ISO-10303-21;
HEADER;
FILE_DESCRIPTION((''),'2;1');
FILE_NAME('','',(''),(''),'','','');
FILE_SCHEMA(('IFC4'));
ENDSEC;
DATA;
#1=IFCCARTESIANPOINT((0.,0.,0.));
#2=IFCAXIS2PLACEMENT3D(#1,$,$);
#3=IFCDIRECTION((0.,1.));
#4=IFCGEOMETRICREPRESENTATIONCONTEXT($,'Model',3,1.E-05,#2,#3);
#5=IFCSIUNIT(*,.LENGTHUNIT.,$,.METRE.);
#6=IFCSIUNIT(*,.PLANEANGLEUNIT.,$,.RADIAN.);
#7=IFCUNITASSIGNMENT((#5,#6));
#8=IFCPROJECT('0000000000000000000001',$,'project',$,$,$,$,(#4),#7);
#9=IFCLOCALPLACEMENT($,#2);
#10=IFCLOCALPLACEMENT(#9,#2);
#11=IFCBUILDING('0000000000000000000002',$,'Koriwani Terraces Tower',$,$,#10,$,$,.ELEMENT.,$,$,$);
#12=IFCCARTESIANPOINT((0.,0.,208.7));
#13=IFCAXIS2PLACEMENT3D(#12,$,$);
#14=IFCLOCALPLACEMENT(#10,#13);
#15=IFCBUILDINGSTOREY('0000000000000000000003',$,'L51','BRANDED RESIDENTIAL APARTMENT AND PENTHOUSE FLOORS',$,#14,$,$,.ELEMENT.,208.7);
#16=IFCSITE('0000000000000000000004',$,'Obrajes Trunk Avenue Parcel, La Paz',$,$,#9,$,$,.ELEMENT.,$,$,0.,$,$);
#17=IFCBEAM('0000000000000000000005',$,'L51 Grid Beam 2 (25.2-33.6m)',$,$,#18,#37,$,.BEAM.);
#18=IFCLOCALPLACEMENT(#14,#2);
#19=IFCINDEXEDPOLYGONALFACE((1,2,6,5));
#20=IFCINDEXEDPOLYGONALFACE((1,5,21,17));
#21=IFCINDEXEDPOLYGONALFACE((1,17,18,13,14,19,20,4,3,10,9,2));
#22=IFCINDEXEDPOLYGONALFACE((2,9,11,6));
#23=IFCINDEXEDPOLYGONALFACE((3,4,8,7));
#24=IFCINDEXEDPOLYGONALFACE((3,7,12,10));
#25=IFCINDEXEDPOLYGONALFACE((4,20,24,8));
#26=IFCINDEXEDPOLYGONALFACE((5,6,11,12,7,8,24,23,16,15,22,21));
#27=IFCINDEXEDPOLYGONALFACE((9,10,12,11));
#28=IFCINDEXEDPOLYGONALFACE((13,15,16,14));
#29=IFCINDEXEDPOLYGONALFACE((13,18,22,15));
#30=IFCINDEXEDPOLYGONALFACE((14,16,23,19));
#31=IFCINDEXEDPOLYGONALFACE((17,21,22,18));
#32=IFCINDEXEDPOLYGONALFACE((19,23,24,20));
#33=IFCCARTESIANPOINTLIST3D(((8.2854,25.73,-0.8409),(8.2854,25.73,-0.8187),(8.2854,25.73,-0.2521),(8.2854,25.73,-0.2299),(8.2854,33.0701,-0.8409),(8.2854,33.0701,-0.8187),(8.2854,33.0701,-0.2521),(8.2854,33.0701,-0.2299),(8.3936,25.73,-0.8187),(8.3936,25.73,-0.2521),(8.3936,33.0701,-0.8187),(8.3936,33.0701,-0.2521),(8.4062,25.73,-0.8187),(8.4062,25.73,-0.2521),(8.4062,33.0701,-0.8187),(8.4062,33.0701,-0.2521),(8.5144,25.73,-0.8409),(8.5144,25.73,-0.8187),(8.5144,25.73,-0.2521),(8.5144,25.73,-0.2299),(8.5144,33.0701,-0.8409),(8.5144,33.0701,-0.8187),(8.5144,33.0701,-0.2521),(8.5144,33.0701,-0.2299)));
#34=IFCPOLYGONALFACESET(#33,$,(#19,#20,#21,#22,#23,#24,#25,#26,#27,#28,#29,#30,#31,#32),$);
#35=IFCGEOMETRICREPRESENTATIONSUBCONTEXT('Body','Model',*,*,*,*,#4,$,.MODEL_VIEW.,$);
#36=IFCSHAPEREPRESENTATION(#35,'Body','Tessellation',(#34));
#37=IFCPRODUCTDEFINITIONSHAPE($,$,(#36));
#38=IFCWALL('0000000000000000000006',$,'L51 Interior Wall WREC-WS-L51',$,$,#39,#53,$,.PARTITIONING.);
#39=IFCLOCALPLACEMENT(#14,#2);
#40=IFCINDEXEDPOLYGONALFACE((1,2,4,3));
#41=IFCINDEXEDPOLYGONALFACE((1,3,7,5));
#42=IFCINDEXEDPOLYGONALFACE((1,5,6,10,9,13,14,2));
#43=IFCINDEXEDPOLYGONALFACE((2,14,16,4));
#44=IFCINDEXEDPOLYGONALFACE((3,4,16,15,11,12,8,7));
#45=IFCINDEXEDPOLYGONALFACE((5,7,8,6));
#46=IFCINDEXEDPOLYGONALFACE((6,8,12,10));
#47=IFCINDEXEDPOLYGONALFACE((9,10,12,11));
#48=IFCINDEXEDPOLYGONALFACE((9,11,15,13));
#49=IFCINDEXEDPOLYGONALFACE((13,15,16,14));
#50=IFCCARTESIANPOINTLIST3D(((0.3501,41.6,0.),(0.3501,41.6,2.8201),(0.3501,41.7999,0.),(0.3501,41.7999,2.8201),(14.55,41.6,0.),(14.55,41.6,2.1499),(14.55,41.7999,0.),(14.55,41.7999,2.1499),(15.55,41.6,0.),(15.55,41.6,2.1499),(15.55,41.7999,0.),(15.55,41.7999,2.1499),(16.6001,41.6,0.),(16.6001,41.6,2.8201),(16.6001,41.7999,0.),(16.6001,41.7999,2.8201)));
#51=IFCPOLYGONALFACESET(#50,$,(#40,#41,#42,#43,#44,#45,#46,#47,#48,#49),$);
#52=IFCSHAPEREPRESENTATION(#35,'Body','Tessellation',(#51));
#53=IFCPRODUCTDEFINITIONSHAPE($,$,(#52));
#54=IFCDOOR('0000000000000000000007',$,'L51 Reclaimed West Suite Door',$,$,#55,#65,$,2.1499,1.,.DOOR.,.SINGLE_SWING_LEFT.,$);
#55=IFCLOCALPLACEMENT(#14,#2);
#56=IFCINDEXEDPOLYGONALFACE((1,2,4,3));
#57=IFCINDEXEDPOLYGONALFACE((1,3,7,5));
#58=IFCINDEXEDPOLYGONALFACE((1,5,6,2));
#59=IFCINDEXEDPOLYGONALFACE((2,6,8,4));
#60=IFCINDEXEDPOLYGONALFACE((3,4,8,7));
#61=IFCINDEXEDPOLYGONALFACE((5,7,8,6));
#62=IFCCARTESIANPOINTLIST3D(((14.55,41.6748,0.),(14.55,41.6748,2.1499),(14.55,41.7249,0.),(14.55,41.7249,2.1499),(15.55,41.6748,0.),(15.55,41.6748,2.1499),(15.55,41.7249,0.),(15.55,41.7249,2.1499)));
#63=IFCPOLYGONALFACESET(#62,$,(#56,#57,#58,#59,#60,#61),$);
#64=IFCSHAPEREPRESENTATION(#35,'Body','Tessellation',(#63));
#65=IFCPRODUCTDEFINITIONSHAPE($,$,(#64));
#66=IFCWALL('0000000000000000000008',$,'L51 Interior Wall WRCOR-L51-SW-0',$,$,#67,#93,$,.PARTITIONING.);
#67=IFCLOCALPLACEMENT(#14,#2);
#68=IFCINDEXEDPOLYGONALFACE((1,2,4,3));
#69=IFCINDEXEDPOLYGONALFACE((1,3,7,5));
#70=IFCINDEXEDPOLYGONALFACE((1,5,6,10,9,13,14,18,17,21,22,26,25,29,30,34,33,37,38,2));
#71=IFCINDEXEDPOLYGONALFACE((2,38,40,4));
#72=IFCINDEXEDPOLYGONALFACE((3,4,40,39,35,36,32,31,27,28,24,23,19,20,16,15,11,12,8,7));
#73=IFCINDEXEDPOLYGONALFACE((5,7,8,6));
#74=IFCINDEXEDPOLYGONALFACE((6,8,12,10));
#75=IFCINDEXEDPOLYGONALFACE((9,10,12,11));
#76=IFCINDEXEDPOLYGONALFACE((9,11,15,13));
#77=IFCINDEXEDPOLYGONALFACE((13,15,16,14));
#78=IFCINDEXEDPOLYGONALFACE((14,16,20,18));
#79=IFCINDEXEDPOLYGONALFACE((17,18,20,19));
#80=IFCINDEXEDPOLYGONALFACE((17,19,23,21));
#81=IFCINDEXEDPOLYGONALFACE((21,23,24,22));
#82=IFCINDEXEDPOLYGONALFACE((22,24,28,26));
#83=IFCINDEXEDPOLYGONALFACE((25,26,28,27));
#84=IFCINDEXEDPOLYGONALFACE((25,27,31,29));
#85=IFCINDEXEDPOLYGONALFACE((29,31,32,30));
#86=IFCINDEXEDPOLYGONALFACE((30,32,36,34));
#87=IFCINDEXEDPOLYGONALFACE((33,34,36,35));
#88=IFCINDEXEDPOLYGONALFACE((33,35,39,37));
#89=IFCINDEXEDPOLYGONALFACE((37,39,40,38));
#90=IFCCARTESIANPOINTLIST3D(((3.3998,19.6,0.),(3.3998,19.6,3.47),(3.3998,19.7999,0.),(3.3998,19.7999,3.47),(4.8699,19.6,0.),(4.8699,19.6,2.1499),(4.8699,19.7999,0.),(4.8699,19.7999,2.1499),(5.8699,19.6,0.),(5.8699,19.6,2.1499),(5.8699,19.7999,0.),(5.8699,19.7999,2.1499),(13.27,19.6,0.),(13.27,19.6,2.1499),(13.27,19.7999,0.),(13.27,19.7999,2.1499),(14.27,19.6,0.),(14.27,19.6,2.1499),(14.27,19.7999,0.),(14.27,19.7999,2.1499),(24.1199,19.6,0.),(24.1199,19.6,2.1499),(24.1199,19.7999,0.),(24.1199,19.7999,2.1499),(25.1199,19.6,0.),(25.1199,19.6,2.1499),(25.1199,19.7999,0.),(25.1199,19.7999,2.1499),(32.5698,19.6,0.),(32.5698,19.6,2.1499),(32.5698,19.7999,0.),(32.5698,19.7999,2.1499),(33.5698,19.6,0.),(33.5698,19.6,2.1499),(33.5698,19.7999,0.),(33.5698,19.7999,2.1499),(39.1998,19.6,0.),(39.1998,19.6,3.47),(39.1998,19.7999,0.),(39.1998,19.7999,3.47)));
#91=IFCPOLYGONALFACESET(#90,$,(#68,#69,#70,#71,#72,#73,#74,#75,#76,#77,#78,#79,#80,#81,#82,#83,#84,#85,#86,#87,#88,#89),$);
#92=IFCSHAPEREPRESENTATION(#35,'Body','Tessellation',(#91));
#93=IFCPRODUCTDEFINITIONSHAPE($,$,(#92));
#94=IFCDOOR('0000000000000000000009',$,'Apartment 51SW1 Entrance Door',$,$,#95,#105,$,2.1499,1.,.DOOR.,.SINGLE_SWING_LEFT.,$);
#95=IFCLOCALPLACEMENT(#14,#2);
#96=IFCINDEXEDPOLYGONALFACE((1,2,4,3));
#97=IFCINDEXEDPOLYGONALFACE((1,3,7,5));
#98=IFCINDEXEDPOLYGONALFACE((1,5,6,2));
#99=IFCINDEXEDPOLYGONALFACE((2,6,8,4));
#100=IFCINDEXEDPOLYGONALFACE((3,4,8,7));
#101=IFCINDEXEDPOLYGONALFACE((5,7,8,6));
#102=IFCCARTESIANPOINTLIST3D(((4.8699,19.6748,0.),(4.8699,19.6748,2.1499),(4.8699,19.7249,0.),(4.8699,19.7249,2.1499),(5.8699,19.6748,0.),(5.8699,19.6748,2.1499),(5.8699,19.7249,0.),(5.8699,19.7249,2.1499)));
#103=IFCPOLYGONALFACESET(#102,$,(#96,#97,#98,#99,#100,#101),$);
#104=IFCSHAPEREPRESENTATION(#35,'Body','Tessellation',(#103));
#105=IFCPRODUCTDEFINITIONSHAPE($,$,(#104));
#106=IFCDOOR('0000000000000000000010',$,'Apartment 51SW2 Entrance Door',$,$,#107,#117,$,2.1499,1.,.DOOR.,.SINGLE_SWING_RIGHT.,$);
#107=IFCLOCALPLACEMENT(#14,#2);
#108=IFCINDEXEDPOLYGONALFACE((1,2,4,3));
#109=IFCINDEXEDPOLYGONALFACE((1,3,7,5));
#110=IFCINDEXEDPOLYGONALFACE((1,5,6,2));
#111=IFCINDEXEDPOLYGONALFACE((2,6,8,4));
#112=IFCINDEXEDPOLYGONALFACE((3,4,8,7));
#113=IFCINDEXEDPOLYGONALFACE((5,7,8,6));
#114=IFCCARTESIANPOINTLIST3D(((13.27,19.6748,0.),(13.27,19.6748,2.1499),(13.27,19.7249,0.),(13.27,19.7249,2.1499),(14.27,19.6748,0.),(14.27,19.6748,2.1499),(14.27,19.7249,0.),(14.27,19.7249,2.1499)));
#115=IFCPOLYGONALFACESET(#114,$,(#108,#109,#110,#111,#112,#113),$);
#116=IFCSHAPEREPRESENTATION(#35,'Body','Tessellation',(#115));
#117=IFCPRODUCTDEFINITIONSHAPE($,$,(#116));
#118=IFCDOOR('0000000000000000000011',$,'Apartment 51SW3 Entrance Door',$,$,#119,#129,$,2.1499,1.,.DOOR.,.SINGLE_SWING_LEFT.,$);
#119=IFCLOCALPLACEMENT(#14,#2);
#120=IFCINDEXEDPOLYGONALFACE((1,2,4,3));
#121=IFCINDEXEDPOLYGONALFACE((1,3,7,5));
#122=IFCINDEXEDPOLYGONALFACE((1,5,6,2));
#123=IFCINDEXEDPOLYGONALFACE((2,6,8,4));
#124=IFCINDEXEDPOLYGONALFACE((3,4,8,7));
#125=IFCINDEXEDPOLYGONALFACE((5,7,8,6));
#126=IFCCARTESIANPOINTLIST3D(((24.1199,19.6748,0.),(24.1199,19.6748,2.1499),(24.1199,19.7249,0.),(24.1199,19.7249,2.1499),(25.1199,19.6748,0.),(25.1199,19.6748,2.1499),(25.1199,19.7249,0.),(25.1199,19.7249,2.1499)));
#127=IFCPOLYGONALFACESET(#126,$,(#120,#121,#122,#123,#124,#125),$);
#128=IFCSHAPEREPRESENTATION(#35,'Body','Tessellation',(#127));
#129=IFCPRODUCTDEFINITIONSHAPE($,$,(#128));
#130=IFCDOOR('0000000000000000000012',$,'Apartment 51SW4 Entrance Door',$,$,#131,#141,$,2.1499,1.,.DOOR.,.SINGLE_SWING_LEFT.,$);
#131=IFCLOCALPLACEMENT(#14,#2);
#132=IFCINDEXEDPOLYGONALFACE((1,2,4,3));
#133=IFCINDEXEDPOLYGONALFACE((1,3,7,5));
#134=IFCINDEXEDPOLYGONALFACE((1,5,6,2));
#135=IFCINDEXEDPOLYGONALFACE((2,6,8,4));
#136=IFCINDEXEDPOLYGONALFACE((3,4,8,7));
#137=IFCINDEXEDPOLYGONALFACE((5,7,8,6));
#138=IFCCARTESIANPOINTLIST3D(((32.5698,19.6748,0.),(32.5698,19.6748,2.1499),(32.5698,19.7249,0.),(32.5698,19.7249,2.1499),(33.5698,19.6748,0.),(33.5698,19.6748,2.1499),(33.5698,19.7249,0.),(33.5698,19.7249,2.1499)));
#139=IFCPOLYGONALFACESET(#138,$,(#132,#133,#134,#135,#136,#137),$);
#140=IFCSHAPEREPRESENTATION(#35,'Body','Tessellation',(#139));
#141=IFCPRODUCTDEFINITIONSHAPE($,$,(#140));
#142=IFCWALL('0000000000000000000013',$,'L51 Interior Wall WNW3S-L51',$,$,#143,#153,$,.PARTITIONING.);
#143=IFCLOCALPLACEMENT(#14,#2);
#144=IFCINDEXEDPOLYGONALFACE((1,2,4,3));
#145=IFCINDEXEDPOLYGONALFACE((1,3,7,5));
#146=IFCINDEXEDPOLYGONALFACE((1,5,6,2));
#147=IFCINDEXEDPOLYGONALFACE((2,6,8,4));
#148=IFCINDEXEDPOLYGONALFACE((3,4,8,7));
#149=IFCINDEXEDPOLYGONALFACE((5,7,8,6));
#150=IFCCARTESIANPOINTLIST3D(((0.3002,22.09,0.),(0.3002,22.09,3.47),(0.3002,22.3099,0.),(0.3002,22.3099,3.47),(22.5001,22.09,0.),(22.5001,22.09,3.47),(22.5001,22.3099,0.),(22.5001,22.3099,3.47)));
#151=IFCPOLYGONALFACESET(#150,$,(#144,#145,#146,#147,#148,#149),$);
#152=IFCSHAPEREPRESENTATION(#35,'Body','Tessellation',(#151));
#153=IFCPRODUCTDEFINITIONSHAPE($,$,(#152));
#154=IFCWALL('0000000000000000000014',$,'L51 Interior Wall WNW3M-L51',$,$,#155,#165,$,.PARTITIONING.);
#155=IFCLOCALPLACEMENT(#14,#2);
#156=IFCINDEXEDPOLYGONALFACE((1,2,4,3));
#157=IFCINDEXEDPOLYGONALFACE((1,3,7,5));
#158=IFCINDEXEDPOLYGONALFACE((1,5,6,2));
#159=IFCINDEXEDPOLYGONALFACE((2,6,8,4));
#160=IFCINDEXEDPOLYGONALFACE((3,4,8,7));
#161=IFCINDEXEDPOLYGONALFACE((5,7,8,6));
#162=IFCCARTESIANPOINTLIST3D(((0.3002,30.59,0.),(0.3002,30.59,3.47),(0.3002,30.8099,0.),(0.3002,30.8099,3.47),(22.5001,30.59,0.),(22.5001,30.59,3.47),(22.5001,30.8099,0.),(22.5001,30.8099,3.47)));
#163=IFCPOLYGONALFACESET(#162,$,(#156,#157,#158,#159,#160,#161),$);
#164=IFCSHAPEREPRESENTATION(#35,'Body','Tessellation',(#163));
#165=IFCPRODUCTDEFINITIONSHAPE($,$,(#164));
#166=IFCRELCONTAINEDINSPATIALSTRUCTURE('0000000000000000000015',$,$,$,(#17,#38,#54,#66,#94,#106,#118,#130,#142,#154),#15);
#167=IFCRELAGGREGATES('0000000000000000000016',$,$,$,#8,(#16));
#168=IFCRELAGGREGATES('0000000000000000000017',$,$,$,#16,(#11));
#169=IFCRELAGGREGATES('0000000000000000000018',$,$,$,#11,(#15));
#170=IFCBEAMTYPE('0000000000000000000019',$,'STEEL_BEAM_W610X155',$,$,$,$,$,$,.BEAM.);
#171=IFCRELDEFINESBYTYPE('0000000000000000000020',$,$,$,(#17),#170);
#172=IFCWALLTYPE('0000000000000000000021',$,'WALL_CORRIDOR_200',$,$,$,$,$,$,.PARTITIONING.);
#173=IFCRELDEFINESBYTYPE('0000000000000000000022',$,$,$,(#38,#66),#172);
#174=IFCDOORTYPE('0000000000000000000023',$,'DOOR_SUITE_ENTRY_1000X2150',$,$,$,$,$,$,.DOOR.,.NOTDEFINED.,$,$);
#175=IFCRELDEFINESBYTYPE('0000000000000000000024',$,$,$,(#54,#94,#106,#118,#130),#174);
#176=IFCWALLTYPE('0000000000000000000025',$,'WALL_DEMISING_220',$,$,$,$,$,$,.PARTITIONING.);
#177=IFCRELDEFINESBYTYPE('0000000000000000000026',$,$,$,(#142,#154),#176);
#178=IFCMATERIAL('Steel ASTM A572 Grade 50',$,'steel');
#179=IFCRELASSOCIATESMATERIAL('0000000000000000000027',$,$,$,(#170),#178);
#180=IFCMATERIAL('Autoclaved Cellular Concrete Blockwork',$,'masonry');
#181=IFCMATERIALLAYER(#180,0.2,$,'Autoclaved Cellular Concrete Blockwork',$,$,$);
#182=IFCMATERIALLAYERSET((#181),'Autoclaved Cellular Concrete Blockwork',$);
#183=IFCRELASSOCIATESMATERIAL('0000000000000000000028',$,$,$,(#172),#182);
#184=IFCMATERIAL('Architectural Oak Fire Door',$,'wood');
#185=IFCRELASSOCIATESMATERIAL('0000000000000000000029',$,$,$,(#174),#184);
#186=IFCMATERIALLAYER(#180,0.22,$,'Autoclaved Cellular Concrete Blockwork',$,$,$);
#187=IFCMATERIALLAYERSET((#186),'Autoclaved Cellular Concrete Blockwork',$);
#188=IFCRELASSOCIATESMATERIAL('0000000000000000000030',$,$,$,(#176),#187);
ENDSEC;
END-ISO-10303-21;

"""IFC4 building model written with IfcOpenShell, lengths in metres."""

from ifc_helpers import new_model, si_unit, direction, frame, frame_2d, origin, origin_2d, place, context, subcontext, project, spatial, rectangle, i_section, extrude, material, layer, layer_set, material_profile, profile_set, type_object, element, fill, save


model = new_model("IFC4")

# Units and contexts
model_context = context("Model", 3, precision=1e-05, world=origin(), true_north=direction((0.0, 1.0)))
body_context = subcontext(model_context, "Body", "Model", "MODEL_VIEW")
ifc_project = project(units=[si_unit("LENGTHUNIT", "METRE"), si_unit("PLANEANGLEUNIT", "RADIAN")], contexts=[model_context])

# Site, building, storey
site_placement = place(None, origin())
site = spatial("IfcSite", under=ifc_project, at=site_placement, Name="Obrajes Trunk Avenue Parcel, La Paz", CompositionType="ELEMENT", RefElevation=0.0)
building_placement = place(site_placement, origin())
building = spatial("IfcBuilding", under=site, at=building_placement, Name="Koriwani Terraces Tower", CompositionType="ELEMENT")
storey_placement = place(building_placement, frame((0.0, 0.0, 208.7)))
storey = spatial("IfcBuildingStorey", under=building, at=storey_placement, Name="L51", Description="BRANDED RESIDENTIAL APARTMENT AND PENTHOUSE FLOORS", CompositionType="ELEMENT", Elevation=208.7)

# Beam
ifc_material_1 = material(Name="Steel ASTM A572 Grade 50", Category="steel")
ifc_material_profile_1 = material_profile(ifc_material_1, i_section(OverallWidth=0.229, OverallDepth=0.6111, WebThickness=0.0127, FlangeThickness=0.0222, at=origin_2d()), Name="Steel ASTM A572 Grade 50", Category="LoadBearing")
ifc_profile_set_1 = profile_set([ifc_material_profile_1], Name="Steel ASTM A572 Grade 50")
beam_type_1 = type_object("IfcBeamType", Name="STEEL_BEAM_W610X155", PredefinedType="BEAM", material=ifc_profile_set_1)
for number, where, z_axis, x_axis, name in (
    (1, (8.3999, 25.73, -0.5354), (0.0, 1.0, 0.0), (-1.0, 0.0, 0.0), "L51 Grid Beam 2 (25.2-33.6m)"),
):
    element("IfcBeam", number, at=place(storey_placement, frame(where, z_axis=z_axis, x_axis=x_axis)), inside=storey, type_object=beam_type_1, Name=name, PredefinedType="BEAM", context=body_context, shape_type="SweptSolid", body=[
        extrude(i_section(OverallWidth=0.229, OverallDepth=0.6111, WebThickness=0.0127, FlangeThickness=0.0222, at=origin_2d()), origin(), (0.0, 0.0, 1.0), 7.3401),
    ])

# Wall, opening, door
ifc_material_2 = material(Name="Autoclaved Cellular Concrete Blockwork", Category="masonry")
ifc_layer_1 = layer(ifc_material_2, 0.2, Name="Autoclaved Cellular Concrete Blockwork")
ifc_layer_set_1 = layer_set([ifc_layer_1], Name="Autoclaved Cellular Concrete Blockwork")
wall_type_1 = type_object("IfcWallType", Name="WALL_CORRIDOR_200", PredefinedType="PARTITIONING", material=ifc_layer_set_1)
wall_1_placement = place(storey_placement, frame((0.3501, 41.7, 0.0), z_axis=(0.0, 0.0, 1.0), x_axis=(1.0, 0.0, 0.0)))
wall_1 = element("IfcWall", 2, at=wall_1_placement, inside=storey, type_object=wall_type_1, Name="L51 Interior Wall WREC-WS-L51", PredefinedType="PARTITIONING", context=body_context, shape_type="SweptSolid", body=[
    extrude(rectangle(XDim=16.25, YDim=0.2, at=frame_2d((8.125, 0.0))), origin(), (0.0, 0.0, 1.0), 2.8201),
])
opening_1_placement = place(wall_1_placement, frame((14.2, 0.0, 0.0)))
opening_1 = element("IfcOpeningElement", 3, at=opening_1_placement, cuts=wall_1, PredefinedType="OPENING", context=body_context, shape_type="SweptSolid", body=[
    extrude(rectangle(XDim=1.0, YDim=2.1499, at=frame_2d((0.5, 1.075))), frame((0.0, 0.1099, 0.0), z_axis=(0.0, -1.0, 0.0), x_axis=(1.0, 0.0, 0.0)), (0.0, 0.0, 1.0), 0.22),
])
ifc_material_3 = material(Name="Architectural Oak Fire Door", Category="wood")
door_type = type_object("IfcDoorType", Name="DOOR_SUITE_ENTRY_1000X2150", OperationType="NOTDEFINED", PredefinedType="DOOR", material=ifc_material_3)
door_1_placement = place(opening_1_placement, origin())
door_1 = element("IfcDoor", 4, at=door_1_placement, inside=storey, type_object=door_type, Name="L51 Reclaimed West Suite Door", OperationType="SINGLE_SWING_LEFT", OverallHeight=2.1499, OverallWidth=1.0, PredefinedType="DOOR", context=body_context, shape_type="SweptSolid", body=[
    extrude(rectangle(XDim=1.0, YDim=2.1499, at=frame_2d((0.5, 1.075))), frame((0.0, 0.0249, 0.0), z_axis=(0.0, -1.0, 0.0), x_axis=(1.0, 0.0, 0.0)), (0.0, 0.0, 1.0), 0.05),
])
fill(opening_1, door_1)

# Wall, openings, doors
wall_2_placement = place(storey_placement, frame((3.3999, 19.7, 0.0), z_axis=(0.0, 0.0, 1.0), x_axis=(1.0, 0.0, 0.0)))
wall_2 = element("IfcWall", 5, at=wall_2_placement, inside=storey, type_object=wall_type_1, Name="L51 Interior Wall WRCOR-L51-SW-0", PredefinedType="PARTITIONING", context=body_context, shape_type="SweptSolid", body=[
    extrude(rectangle(XDim=35.8, YDim=0.2, at=frame_2d((17.8999, 0.0))), origin(), (0.0, 0.0, 1.0), 3.47),
])
opening_2_placement = place(wall_2_placement, frame((1.47, 0.0, 0.0)))
opening_2 = element("IfcOpeningElement", 6, at=opening_2_placement, cuts=wall_2, PredefinedType="OPENING", context=body_context, shape_type="SweptSolid", body=[
    extrude(rectangle(XDim=1.0, YDim=2.1499, at=frame_2d((0.5, 1.075))), frame((0.0, 0.1099, 0.0), z_axis=(0.0, -1.0, 0.0), x_axis=(1.0, 0.0, 0.0)), (0.0, 0.0, 1.0), 0.22),
])
opening_3_placement = place(wall_2_placement, frame((9.8701, 0.0, 0.0)))
opening_3 = element("IfcOpeningElement", 7, at=opening_3_placement, cuts=wall_2, PredefinedType="OPENING", context=body_context, shape_type="SweptSolid", body=[
    extrude(rectangle(XDim=1.0, YDim=2.1499, at=frame_2d((0.5, 1.075))), frame((0.0, 0.1099, 0.0), z_axis=(0.0, -1.0, 0.0), x_axis=(1.0, 0.0, 0.0)), (0.0, 0.0, 1.0), 0.22),
])
opening_4_placement = place(wall_2_placement, frame((20.72, 0.0, 0.0)))
opening_4 = element("IfcOpeningElement", 8, at=opening_4_placement, cuts=wall_2, PredefinedType="OPENING", context=body_context, shape_type="SweptSolid", body=[
    extrude(rectangle(XDim=1.0, YDim=2.1499, at=frame_2d((0.5, 1.075))), frame((0.0, 0.1099, 0.0), z_axis=(0.0, -1.0, 0.0), x_axis=(1.0, 0.0, 0.0)), (0.0, 0.0, 1.0), 0.22),
])
opening_5_placement = place(wall_2_placement, frame((29.1699, 0.0, 0.0)))
opening_5 = element("IfcOpeningElement", 9, at=opening_5_placement, cuts=wall_2, PredefinedType="OPENING", context=body_context, shape_type="SweptSolid", body=[
    extrude(rectangle(XDim=1.0, YDim=2.1499, at=frame_2d((0.5, 1.075))), frame((0.0, 0.1099, 0.0), z_axis=(0.0, -1.0, 0.0), x_axis=(1.0, 0.0, 0.0)), (0.0, 0.0, 1.0), 0.22),
])
door_2_placement = place(opening_2_placement, origin())
door_2 = element("IfcDoor", 10, at=door_2_placement, inside=storey, type_object=door_type, Name="Apartment 51SW1 Entrance Door", OperationType="SINGLE_SWING_LEFT", OverallHeight=2.1499, OverallWidth=1.0, PredefinedType="DOOR", context=body_context, shape_type="SweptSolid", body=[
    extrude(rectangle(XDim=1.0, YDim=2.1499, at=frame_2d((0.5, 1.075))), frame((0.0, 0.0249, 0.0), z_axis=(0.0, -1.0, 0.0), x_axis=(1.0, 0.0, 0.0)), (0.0, 0.0, 1.0), 0.05),
])
fill(opening_2, door_2)
door_3_placement = place(opening_3_placement, origin())
door_3 = element("IfcDoor", 11, at=door_3_placement, inside=storey, type_object=door_type, Name="Apartment 51SW2 Entrance Door", OperationType="SINGLE_SWING_RIGHT", OverallHeight=2.1499, OverallWidth=1.0, PredefinedType="DOOR", context=body_context, shape_type="SweptSolid", body=[
    extrude(rectangle(XDim=1.0, YDim=2.1499, at=frame_2d((0.5, 1.075))), frame((0.0, 0.0249, 0.0), z_axis=(0.0, -1.0, 0.0), x_axis=(1.0, 0.0, 0.0)), (0.0, 0.0, 1.0), 0.05),
])
fill(opening_3, door_3)
door_4_placement = place(opening_4_placement, origin())
door_4 = element("IfcDoor", 12, at=door_4_placement, inside=storey, type_object=door_type, Name="Apartment 51SW3 Entrance Door", OperationType="SINGLE_SWING_LEFT", OverallHeight=2.1499, OverallWidth=1.0, PredefinedType="DOOR", context=body_context, shape_type="SweptSolid", body=[
    extrude(rectangle(XDim=1.0, YDim=2.1499, at=frame_2d((0.5, 1.075))), frame((0.0, 0.0249, 0.0), z_axis=(0.0, -1.0, 0.0), x_axis=(1.0, 0.0, 0.0)), (0.0, 0.0, 1.0), 0.05),
])
fill(opening_4, door_4)
door_5_placement = place(opening_5_placement, origin())
door_5 = element("IfcDoor", 13, at=door_5_placement, inside=storey, type_object=door_type, Name="Apartment 51SW4 Entrance Door", OperationType="SINGLE_SWING_LEFT", OverallHeight=2.1499, OverallWidth=1.0, PredefinedType="DOOR", context=body_context, shape_type="SweptSolid", body=[
    extrude(rectangle(XDim=1.0, YDim=2.1499, at=frame_2d((0.5, 1.075))), frame((0.0, 0.0249, 0.0), z_axis=(0.0, -1.0, 0.0), x_axis=(1.0, 0.0, 0.0)), (0.0, 0.0, 1.0), 0.05),
])
fill(opening_5, door_5)

# Walls
ifc_layer_2 = layer(ifc_material_2, 0.22, Name="Autoclaved Cellular Concrete Blockwork")
ifc_layer_set_2 = layer_set([ifc_layer_2], Name="Autoclaved Cellular Concrete Blockwork")
wall_type_2 = type_object("IfcWallType", Name="WALL_DEMISING_220", PredefinedType="PARTITIONING", material=ifc_layer_set_2)
for number, where, z_axis, x_axis, name in (
    (14, (0.3, 22.2, 0.0), (0.0, 0.0, 1.0), (1.0, 0.0, 0.0), "L51 Interior Wall WNW3S-L51"),
    (15, (0.3, 30.7, 0.0), (0.0, 0.0, 1.0), (1.0, 0.0, 0.0), "L51 Interior Wall WNW3M-L51"),
):
    element("IfcWall", number, at=place(storey_placement, frame(where, z_axis=z_axis, x_axis=x_axis)), inside=storey, type_object=wall_type_2, Name=name, PredefinedType="PARTITIONING", context=body_context, shape_type="SweptSolid", body=[
        extrude(rectangle(XDim=22.2, YDim=0.22, at=frame_2d((11.1001, 0.0))), origin(), (0.0, 0.0, 1.0), 3.47),
    ])

save(model, "model.ifc")
